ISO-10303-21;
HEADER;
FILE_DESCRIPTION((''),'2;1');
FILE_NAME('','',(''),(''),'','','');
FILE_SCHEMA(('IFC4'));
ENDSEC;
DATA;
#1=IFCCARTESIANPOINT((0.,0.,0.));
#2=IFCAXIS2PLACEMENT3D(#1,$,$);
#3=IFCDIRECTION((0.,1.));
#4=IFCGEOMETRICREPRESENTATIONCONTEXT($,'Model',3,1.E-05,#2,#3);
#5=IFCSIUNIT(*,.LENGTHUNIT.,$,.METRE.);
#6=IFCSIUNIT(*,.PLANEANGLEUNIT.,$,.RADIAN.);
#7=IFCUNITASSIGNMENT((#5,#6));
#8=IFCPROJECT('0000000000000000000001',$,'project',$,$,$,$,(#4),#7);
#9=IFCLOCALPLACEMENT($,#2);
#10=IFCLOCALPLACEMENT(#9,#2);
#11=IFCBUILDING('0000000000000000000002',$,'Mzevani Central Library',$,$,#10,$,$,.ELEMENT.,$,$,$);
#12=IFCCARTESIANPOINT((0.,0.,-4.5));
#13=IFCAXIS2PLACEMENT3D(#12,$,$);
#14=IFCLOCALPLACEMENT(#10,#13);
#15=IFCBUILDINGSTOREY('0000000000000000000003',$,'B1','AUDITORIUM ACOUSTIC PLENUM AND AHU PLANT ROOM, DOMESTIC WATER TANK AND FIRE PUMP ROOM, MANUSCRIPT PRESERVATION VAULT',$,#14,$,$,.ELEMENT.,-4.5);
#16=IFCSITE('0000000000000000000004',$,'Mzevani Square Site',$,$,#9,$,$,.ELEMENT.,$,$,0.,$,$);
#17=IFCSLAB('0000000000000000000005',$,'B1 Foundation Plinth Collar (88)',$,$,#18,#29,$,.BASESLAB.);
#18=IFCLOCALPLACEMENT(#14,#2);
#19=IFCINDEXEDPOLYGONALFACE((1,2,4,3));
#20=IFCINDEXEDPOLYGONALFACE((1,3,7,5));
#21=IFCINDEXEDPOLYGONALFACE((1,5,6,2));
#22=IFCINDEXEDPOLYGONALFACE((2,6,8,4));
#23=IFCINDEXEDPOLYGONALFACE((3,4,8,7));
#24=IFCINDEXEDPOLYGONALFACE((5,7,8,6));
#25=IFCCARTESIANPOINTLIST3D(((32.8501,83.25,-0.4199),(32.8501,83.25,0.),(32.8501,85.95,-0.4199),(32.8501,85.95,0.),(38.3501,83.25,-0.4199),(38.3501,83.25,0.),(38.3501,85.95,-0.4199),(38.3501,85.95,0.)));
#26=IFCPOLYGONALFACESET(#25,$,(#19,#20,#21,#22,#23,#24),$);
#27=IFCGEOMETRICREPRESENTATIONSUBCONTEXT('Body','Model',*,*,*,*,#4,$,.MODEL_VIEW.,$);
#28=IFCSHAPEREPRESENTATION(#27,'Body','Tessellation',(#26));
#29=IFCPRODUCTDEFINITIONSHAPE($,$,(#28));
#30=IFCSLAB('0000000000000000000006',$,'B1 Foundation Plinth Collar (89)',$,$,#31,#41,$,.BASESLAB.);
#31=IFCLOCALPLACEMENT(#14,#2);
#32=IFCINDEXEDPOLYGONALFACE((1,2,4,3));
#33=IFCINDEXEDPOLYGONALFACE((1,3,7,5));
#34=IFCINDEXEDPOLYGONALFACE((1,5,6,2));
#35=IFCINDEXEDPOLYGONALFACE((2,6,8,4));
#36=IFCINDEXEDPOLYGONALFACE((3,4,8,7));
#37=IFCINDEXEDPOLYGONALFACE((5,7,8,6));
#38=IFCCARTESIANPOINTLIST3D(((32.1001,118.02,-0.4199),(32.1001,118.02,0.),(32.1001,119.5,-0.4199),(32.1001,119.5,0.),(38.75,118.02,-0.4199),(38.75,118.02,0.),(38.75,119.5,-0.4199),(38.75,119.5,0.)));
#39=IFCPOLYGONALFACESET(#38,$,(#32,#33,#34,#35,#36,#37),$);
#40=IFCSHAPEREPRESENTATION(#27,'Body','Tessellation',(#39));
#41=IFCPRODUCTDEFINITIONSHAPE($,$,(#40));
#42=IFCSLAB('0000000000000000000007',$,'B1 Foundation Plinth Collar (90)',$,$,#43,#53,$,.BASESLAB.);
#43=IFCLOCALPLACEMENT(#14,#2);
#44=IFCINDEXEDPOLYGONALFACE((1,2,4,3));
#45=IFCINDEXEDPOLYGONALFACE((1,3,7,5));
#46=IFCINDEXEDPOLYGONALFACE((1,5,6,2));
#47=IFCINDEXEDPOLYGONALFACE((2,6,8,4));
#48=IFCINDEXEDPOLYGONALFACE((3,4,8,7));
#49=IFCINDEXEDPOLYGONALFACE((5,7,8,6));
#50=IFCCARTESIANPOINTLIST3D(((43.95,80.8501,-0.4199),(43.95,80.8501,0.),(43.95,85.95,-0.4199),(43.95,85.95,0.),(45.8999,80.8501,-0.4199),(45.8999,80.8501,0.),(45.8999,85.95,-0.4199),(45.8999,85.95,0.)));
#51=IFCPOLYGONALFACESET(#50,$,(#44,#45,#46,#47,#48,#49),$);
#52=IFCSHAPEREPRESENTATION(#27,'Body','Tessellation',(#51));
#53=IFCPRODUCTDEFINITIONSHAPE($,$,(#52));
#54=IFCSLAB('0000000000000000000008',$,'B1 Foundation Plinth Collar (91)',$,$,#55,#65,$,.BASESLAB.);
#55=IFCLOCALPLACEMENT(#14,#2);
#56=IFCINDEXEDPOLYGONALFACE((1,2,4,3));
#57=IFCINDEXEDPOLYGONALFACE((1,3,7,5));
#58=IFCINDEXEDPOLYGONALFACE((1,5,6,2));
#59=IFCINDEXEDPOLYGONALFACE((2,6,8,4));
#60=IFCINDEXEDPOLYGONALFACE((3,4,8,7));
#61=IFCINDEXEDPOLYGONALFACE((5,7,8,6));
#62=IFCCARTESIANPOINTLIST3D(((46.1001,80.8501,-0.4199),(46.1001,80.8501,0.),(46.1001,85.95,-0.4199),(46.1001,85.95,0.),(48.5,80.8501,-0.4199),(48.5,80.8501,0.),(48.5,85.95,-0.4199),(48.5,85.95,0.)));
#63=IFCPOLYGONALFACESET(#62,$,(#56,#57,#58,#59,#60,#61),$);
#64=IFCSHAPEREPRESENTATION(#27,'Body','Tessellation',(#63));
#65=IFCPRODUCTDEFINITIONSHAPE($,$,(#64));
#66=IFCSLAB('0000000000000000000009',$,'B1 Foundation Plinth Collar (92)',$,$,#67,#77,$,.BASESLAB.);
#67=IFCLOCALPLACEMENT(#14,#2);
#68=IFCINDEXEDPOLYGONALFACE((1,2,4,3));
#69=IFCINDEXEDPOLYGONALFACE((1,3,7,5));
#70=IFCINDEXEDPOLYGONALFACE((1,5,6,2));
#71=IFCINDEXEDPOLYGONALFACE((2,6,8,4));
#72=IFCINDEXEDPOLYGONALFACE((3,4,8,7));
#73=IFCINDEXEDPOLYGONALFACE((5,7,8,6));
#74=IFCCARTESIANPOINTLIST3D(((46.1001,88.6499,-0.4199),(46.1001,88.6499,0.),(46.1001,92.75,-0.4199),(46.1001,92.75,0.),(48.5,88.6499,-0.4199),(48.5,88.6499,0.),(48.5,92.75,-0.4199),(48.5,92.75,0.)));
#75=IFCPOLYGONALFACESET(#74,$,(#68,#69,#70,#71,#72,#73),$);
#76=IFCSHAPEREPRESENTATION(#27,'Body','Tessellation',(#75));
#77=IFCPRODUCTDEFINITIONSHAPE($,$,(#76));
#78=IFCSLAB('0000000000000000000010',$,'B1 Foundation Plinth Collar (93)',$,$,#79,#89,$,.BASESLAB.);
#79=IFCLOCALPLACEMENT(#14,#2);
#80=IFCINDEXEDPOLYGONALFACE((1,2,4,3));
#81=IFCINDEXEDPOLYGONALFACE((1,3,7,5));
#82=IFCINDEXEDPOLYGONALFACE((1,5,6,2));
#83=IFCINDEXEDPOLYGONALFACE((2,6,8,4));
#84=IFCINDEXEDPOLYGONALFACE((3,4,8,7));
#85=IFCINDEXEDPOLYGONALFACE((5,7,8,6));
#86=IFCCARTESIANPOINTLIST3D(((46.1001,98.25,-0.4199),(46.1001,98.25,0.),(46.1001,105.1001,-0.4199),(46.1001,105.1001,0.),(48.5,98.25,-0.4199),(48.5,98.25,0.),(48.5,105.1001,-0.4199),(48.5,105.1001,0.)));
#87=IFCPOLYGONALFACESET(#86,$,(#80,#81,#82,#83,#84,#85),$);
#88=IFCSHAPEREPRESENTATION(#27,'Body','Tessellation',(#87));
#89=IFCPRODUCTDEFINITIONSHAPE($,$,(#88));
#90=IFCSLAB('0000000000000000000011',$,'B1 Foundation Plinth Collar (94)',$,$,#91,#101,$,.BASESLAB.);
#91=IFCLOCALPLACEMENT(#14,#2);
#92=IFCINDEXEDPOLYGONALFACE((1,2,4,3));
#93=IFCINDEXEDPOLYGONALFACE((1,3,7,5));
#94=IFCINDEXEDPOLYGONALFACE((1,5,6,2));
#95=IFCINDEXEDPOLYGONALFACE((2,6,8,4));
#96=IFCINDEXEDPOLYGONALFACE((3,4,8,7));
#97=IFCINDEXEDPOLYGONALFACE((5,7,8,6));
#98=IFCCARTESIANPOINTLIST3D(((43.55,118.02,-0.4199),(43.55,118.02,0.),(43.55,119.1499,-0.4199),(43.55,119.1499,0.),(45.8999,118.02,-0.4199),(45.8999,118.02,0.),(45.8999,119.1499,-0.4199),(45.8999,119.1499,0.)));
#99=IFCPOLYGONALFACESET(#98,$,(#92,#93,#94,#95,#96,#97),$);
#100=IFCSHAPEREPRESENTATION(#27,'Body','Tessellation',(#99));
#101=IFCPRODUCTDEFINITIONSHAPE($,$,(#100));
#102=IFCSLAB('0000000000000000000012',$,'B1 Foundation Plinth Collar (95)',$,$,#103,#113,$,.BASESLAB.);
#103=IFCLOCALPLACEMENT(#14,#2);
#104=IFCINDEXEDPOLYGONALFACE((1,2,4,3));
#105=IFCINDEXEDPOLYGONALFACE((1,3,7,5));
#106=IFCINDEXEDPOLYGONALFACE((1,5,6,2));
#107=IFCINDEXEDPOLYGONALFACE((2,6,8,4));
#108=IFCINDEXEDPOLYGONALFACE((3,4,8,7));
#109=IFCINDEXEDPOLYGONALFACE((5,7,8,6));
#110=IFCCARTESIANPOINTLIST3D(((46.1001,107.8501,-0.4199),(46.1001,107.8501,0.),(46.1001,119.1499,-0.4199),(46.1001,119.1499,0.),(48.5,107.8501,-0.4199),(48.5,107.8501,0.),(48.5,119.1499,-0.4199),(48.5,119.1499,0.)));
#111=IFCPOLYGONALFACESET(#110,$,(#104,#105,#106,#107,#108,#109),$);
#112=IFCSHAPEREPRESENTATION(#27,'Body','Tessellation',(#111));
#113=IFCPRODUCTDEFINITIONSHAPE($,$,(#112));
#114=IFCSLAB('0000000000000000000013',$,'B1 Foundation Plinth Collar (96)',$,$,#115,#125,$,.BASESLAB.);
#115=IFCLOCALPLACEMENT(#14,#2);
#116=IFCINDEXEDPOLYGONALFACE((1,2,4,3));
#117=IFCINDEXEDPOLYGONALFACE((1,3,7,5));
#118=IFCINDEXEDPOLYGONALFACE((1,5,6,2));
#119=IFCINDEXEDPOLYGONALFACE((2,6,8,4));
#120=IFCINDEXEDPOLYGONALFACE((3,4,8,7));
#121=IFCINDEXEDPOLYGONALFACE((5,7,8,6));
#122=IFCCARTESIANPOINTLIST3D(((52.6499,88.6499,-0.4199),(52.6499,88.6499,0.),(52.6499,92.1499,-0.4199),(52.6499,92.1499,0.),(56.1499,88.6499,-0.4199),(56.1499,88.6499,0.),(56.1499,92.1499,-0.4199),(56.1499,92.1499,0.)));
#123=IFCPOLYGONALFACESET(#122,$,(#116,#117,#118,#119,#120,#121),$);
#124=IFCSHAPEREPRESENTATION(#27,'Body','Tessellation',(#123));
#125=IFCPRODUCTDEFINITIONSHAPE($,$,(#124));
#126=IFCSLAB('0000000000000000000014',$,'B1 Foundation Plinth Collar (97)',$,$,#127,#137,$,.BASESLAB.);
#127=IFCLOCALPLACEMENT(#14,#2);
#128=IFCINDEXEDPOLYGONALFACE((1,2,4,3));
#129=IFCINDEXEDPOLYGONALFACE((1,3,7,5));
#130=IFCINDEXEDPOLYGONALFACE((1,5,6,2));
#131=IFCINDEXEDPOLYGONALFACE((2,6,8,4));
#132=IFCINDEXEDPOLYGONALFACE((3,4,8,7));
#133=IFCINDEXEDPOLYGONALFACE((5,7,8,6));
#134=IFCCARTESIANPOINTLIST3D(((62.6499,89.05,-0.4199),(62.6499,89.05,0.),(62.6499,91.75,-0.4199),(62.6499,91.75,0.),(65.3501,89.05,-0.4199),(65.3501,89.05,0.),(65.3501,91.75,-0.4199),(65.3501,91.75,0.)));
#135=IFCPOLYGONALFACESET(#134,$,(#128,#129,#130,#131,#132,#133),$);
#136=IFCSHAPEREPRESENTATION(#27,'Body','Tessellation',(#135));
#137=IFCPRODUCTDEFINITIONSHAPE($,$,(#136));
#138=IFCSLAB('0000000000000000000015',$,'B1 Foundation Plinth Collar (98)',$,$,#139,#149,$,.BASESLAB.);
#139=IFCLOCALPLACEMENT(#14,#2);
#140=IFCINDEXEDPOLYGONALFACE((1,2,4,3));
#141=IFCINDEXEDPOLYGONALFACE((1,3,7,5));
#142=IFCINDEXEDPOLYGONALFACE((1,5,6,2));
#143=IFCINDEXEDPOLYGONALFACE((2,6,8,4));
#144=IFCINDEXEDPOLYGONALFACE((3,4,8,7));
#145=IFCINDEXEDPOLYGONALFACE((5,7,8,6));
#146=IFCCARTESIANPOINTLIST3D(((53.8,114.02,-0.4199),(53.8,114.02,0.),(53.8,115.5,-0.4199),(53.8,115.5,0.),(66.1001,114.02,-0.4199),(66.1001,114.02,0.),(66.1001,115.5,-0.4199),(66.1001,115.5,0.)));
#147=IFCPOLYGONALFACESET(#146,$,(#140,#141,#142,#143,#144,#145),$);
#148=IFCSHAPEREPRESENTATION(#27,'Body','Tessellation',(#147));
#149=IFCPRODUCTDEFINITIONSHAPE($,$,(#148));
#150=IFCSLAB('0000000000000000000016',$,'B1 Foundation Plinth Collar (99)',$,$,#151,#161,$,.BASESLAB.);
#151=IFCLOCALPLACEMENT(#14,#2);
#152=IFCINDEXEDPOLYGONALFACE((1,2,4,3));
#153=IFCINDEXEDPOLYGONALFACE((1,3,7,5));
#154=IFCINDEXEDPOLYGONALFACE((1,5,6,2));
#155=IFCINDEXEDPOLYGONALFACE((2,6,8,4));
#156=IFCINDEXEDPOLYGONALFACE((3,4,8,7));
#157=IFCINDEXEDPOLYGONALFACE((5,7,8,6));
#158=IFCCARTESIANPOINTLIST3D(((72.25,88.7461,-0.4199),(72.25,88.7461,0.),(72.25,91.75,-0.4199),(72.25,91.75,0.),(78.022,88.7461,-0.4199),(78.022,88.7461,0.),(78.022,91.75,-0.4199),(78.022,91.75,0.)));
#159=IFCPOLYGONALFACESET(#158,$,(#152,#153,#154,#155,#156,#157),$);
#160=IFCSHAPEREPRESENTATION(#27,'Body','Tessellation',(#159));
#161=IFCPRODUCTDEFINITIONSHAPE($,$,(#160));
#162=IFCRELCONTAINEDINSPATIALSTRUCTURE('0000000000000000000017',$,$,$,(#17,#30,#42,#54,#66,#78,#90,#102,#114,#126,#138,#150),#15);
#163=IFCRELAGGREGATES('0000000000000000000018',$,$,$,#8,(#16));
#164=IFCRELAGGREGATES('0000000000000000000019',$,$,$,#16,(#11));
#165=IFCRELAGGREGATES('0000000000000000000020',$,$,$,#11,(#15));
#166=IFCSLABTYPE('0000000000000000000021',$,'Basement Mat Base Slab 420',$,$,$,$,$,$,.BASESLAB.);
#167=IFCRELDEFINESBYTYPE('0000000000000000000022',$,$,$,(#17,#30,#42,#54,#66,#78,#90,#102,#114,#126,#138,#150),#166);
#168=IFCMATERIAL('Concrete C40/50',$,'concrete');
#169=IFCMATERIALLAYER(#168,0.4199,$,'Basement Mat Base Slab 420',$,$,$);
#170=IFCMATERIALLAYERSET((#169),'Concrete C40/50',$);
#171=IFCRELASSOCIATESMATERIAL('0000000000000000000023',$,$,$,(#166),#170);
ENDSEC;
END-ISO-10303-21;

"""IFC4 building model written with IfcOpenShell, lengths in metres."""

from ifc_helpers import new_model, si_unit, direction, frame, origin, place, context, subcontext, project, spatial, polyline, outline, extrude, material, layer, layer_set, type_object, element, save


model = new_model("IFC4")

# Units and contexts
model_context = context("Model", 3, precision=1e-05, world=origin(), true_north=direction((0.0, 1.0)))
body_context = subcontext(model_context, "Body", "Model", "MODEL_VIEW")
ifc_project = project(units=[si_unit("LENGTHUNIT", "METRE"), si_unit("PLANEANGLEUNIT", "RADIAN")], contexts=[model_context])

# Site, building, storey
site_placement = place(None, origin())
site = spatial("IfcSite", under=ifc_project, at=site_placement, Name="Mzevani Square Site", CompositionType="ELEMENT", RefElevation=0.0)
building_placement = place(site_placement, origin())
building = spatial("IfcBuilding", under=site, at=building_placement, Name="Mzevani Central Library", CompositionType="ELEMENT")
storey_placement = place(building_placement, frame((0.0, 0.0, -4.5)))
storey = spatial("IfcBuildingStorey", under=building, at=storey_placement, Name="B1", Description="AUDITORIUM ACOUSTIC PLENUM AND AHU PLANT ROOM, DOMESTIC WATER TANK AND FIRE PUMP ROOM, MANUSCRIPT PRESERVATION VAULT", CompositionType="ELEMENT", Elevation=-4.5)

# Slabs
ifc_material = material(Name="Concrete C40/50", Category="concrete")
ifc_layer = layer(ifc_material, 0.4199, Name="Basement Mat Base Slab 420")
ifc_layer_set = layer_set([ifc_layer], Name="Concrete C40/50")
slab_type = type_object("IfcSlabType", Name="Basement Mat Base Slab 420", PredefinedType="BASESLAB", material=ifc_layer_set)
slab_1_placement = place(storey_placement, frame((0.0, 0.0, -0.4199)))
element("IfcSlab", 1, at=slab_1_placement, inside=storey, type_object=slab_type, Name="B1 Foundation Plinth Collar (88)", PredefinedType="BASESLAB", context=body_context, shape_type="SweptSolid", body=[
    extrude(outline(polyline([(32.8501, 85.95), (38.3501, 85.95), (38.3501, 83.25), (32.8501, 83.25), (32.8501, 85.95)])), origin(), (0.0, 0.0, 1.0), 0.4199),
])
slab_2_placement = place(storey_placement, frame((0.0, 0.0, -0.4199)))
element("IfcSlab", 2, at=slab_2_placement, inside=storey, type_object=slab_type, Name="B1 Foundation Plinth Collar (89)", PredefinedType="BASESLAB", context=body_context, shape_type="SweptSolid", body=[
    extrude(outline(polyline([(38.75, 119.5), (38.75, 118.02), (32.1001, 118.02), (32.1001, 119.5), (38.75, 119.5)])), origin(), (0.0, 0.0, 1.0), 0.4199),
])
slab_3_placement = place(storey_placement, frame((0.0, 0.0, -0.4199)))
element("IfcSlab", 3, at=slab_3_placement, inside=storey, type_object=slab_type, Name="B1 Foundation Plinth Collar (90)", PredefinedType="BASESLAB", context=body_context, shape_type="SweptSolid", body=[
    extrude(outline(polyline([(43.95, 85.95), (45.8999, 85.95), (45.8999, 80.8501), (43.95, 80.8501), (43.95, 85.95)])), origin(), (0.0, 0.0, 1.0), 0.4199),
])
slab_4_placement = place(storey_placement, frame((0.0, 0.0, -0.4199)))
element("IfcSlab", 4, at=slab_4_placement, inside=storey, type_object=slab_type, Name="B1 Foundation Plinth Collar (91)", PredefinedType="BASESLAB", context=body_context, shape_type="SweptSolid", body=[
    extrude(outline(polyline([(48.5, 85.95), (48.5, 80.8501), (46.1001, 80.8501), (46.1001, 85.95), (48.5, 85.95)])), origin(), (0.0, 0.0, 1.0), 0.4199),
])
slab_5_placement = place(storey_placement, frame((0.0, 0.0, -0.4199)))
element("IfcSlab", 5, at=slab_5_placement, inside=storey, type_object=slab_type, Name="B1 Foundation Plinth Collar (92)", PredefinedType="BASESLAB", context=body_context, shape_type="SweptSolid", body=[
    extrude(outline(polyline([(48.5, 88.6499), (46.1001, 88.6499), (46.1001, 92.75), (48.5, 92.75), (48.5, 88.6499)])), origin(), (0.0, 0.0, 1.0), 0.4199),
])
slab_6_placement = place(storey_placement, frame((0.0, 0.0, -0.4199)))
element("IfcSlab", 6, at=slab_6_placement, inside=storey, type_object=slab_type, Name="B1 Foundation Plinth Collar (93)", PredefinedType="BASESLAB", context=body_context, shape_type="SweptSolid", body=[
    extrude(outline(polyline([(48.5, 98.25), (46.1001, 98.25), (46.1001, 105.1001), (48.5, 105.1001), (48.5, 98.25)])), origin(), (0.0, 0.0, 1.0), 0.4199),
])
slab_7_placement = place(storey_placement, frame((0.0, 0.0, -0.4199)))
element("IfcSlab", 7, at=slab_7_placement, inside=storey, type_object=slab_type, Name="B1 Foundation Plinth Collar (94)", PredefinedType="BASESLAB", context=body_context, shape_type="SweptSolid", body=[
    extrude(outline(polyline([(45.8999, 119.1499), (45.8999, 118.02), (43.55, 118.02), (43.55, 119.1499), (45.8999, 119.1499)])), origin(), (0.0, 0.0, 1.0), 0.4199),
])
slab_8_placement = place(storey_placement, frame((0.0, 0.0, -0.4199)))
element("IfcSlab", 8, at=slab_8_placement, inside=storey, type_object=slab_type, Name="B1 Foundation Plinth Collar (95)", PredefinedType="BASESLAB", context=body_context, shape_type="SweptSolid", body=[
    extrude(outline(polyline([(48.5, 119.1499), (48.5, 107.8501), (46.1001, 107.8501), (46.1001, 119.1499), (48.5, 119.1499)])), origin(), (0.0, 0.0, 1.0), 0.4199),
])
slab_9_placement = place(storey_placement, frame((0.0, 0.0, -0.4199)))
element("IfcSlab", 9, at=slab_9_placement, inside=storey, type_object=slab_type, Name="B1 Foundation Plinth Collar (96)", PredefinedType="BASESLAB", context=body_context, shape_type="SweptSolid", body=[
    extrude(outline(polyline([(52.6499, 92.1499), (56.1499, 92.1499), (56.1499, 88.6499), (52.6499, 88.6499), (52.6499, 92.1499)])), origin(), (0.0, 0.0, 1.0), 0.4199),
])
slab_10_placement = place(storey_placement, frame((0.0, 0.0, -0.4199)))
element("IfcSlab", 10, at=slab_10_placement, inside=storey, type_object=slab_type, Name="B1 Foundation Plinth Collar (97)", PredefinedType="BASESLAB", context=body_context, shape_type="SweptSolid", body=[
    extrude(outline(polyline([(62.6499, 91.75), (65.3501, 91.75), (65.3501, 89.05), (62.6499, 89.05), (62.6499, 91.75)])), origin(), (0.0, 0.0, 1.0), 0.4199),
])
slab_11_placement = place(storey_placement, frame((0.0, 0.0, -0.4199)))
element("IfcSlab", 11, at=slab_11_placement, inside=storey, type_object=slab_type, Name="B1 Foundation Plinth Collar (98)", PredefinedType="BASESLAB", context=body_context, shape_type="SweptSolid", body=[
    extrude(outline(polyline([(66.1001, 115.5), (66.1001, 114.02), (53.8, 114.02), (53.8, 115.5), (66.1001, 115.5)])), origin(), (0.0, 0.0, 1.0), 0.4199),
])
slab_12_placement = place(storey_placement, frame((0.0, 0.0, -0.4199)))
element("IfcSlab", 12, at=slab_12_placement, inside=storey, type_object=slab_type, Name="B1 Foundation Plinth Collar (99)", PredefinedType="BASESLAB", context=body_context, shape_type="SweptSolid", body=[
    extrude(outline(polyline([(72.25, 91.75), (78.022, 91.75), (78.022, 88.7461), (72.25, 88.7461), (72.25, 91.75)])), origin(), (0.0, 0.0, 1.0), 0.4199),
])

save(model, "model.ifc")
